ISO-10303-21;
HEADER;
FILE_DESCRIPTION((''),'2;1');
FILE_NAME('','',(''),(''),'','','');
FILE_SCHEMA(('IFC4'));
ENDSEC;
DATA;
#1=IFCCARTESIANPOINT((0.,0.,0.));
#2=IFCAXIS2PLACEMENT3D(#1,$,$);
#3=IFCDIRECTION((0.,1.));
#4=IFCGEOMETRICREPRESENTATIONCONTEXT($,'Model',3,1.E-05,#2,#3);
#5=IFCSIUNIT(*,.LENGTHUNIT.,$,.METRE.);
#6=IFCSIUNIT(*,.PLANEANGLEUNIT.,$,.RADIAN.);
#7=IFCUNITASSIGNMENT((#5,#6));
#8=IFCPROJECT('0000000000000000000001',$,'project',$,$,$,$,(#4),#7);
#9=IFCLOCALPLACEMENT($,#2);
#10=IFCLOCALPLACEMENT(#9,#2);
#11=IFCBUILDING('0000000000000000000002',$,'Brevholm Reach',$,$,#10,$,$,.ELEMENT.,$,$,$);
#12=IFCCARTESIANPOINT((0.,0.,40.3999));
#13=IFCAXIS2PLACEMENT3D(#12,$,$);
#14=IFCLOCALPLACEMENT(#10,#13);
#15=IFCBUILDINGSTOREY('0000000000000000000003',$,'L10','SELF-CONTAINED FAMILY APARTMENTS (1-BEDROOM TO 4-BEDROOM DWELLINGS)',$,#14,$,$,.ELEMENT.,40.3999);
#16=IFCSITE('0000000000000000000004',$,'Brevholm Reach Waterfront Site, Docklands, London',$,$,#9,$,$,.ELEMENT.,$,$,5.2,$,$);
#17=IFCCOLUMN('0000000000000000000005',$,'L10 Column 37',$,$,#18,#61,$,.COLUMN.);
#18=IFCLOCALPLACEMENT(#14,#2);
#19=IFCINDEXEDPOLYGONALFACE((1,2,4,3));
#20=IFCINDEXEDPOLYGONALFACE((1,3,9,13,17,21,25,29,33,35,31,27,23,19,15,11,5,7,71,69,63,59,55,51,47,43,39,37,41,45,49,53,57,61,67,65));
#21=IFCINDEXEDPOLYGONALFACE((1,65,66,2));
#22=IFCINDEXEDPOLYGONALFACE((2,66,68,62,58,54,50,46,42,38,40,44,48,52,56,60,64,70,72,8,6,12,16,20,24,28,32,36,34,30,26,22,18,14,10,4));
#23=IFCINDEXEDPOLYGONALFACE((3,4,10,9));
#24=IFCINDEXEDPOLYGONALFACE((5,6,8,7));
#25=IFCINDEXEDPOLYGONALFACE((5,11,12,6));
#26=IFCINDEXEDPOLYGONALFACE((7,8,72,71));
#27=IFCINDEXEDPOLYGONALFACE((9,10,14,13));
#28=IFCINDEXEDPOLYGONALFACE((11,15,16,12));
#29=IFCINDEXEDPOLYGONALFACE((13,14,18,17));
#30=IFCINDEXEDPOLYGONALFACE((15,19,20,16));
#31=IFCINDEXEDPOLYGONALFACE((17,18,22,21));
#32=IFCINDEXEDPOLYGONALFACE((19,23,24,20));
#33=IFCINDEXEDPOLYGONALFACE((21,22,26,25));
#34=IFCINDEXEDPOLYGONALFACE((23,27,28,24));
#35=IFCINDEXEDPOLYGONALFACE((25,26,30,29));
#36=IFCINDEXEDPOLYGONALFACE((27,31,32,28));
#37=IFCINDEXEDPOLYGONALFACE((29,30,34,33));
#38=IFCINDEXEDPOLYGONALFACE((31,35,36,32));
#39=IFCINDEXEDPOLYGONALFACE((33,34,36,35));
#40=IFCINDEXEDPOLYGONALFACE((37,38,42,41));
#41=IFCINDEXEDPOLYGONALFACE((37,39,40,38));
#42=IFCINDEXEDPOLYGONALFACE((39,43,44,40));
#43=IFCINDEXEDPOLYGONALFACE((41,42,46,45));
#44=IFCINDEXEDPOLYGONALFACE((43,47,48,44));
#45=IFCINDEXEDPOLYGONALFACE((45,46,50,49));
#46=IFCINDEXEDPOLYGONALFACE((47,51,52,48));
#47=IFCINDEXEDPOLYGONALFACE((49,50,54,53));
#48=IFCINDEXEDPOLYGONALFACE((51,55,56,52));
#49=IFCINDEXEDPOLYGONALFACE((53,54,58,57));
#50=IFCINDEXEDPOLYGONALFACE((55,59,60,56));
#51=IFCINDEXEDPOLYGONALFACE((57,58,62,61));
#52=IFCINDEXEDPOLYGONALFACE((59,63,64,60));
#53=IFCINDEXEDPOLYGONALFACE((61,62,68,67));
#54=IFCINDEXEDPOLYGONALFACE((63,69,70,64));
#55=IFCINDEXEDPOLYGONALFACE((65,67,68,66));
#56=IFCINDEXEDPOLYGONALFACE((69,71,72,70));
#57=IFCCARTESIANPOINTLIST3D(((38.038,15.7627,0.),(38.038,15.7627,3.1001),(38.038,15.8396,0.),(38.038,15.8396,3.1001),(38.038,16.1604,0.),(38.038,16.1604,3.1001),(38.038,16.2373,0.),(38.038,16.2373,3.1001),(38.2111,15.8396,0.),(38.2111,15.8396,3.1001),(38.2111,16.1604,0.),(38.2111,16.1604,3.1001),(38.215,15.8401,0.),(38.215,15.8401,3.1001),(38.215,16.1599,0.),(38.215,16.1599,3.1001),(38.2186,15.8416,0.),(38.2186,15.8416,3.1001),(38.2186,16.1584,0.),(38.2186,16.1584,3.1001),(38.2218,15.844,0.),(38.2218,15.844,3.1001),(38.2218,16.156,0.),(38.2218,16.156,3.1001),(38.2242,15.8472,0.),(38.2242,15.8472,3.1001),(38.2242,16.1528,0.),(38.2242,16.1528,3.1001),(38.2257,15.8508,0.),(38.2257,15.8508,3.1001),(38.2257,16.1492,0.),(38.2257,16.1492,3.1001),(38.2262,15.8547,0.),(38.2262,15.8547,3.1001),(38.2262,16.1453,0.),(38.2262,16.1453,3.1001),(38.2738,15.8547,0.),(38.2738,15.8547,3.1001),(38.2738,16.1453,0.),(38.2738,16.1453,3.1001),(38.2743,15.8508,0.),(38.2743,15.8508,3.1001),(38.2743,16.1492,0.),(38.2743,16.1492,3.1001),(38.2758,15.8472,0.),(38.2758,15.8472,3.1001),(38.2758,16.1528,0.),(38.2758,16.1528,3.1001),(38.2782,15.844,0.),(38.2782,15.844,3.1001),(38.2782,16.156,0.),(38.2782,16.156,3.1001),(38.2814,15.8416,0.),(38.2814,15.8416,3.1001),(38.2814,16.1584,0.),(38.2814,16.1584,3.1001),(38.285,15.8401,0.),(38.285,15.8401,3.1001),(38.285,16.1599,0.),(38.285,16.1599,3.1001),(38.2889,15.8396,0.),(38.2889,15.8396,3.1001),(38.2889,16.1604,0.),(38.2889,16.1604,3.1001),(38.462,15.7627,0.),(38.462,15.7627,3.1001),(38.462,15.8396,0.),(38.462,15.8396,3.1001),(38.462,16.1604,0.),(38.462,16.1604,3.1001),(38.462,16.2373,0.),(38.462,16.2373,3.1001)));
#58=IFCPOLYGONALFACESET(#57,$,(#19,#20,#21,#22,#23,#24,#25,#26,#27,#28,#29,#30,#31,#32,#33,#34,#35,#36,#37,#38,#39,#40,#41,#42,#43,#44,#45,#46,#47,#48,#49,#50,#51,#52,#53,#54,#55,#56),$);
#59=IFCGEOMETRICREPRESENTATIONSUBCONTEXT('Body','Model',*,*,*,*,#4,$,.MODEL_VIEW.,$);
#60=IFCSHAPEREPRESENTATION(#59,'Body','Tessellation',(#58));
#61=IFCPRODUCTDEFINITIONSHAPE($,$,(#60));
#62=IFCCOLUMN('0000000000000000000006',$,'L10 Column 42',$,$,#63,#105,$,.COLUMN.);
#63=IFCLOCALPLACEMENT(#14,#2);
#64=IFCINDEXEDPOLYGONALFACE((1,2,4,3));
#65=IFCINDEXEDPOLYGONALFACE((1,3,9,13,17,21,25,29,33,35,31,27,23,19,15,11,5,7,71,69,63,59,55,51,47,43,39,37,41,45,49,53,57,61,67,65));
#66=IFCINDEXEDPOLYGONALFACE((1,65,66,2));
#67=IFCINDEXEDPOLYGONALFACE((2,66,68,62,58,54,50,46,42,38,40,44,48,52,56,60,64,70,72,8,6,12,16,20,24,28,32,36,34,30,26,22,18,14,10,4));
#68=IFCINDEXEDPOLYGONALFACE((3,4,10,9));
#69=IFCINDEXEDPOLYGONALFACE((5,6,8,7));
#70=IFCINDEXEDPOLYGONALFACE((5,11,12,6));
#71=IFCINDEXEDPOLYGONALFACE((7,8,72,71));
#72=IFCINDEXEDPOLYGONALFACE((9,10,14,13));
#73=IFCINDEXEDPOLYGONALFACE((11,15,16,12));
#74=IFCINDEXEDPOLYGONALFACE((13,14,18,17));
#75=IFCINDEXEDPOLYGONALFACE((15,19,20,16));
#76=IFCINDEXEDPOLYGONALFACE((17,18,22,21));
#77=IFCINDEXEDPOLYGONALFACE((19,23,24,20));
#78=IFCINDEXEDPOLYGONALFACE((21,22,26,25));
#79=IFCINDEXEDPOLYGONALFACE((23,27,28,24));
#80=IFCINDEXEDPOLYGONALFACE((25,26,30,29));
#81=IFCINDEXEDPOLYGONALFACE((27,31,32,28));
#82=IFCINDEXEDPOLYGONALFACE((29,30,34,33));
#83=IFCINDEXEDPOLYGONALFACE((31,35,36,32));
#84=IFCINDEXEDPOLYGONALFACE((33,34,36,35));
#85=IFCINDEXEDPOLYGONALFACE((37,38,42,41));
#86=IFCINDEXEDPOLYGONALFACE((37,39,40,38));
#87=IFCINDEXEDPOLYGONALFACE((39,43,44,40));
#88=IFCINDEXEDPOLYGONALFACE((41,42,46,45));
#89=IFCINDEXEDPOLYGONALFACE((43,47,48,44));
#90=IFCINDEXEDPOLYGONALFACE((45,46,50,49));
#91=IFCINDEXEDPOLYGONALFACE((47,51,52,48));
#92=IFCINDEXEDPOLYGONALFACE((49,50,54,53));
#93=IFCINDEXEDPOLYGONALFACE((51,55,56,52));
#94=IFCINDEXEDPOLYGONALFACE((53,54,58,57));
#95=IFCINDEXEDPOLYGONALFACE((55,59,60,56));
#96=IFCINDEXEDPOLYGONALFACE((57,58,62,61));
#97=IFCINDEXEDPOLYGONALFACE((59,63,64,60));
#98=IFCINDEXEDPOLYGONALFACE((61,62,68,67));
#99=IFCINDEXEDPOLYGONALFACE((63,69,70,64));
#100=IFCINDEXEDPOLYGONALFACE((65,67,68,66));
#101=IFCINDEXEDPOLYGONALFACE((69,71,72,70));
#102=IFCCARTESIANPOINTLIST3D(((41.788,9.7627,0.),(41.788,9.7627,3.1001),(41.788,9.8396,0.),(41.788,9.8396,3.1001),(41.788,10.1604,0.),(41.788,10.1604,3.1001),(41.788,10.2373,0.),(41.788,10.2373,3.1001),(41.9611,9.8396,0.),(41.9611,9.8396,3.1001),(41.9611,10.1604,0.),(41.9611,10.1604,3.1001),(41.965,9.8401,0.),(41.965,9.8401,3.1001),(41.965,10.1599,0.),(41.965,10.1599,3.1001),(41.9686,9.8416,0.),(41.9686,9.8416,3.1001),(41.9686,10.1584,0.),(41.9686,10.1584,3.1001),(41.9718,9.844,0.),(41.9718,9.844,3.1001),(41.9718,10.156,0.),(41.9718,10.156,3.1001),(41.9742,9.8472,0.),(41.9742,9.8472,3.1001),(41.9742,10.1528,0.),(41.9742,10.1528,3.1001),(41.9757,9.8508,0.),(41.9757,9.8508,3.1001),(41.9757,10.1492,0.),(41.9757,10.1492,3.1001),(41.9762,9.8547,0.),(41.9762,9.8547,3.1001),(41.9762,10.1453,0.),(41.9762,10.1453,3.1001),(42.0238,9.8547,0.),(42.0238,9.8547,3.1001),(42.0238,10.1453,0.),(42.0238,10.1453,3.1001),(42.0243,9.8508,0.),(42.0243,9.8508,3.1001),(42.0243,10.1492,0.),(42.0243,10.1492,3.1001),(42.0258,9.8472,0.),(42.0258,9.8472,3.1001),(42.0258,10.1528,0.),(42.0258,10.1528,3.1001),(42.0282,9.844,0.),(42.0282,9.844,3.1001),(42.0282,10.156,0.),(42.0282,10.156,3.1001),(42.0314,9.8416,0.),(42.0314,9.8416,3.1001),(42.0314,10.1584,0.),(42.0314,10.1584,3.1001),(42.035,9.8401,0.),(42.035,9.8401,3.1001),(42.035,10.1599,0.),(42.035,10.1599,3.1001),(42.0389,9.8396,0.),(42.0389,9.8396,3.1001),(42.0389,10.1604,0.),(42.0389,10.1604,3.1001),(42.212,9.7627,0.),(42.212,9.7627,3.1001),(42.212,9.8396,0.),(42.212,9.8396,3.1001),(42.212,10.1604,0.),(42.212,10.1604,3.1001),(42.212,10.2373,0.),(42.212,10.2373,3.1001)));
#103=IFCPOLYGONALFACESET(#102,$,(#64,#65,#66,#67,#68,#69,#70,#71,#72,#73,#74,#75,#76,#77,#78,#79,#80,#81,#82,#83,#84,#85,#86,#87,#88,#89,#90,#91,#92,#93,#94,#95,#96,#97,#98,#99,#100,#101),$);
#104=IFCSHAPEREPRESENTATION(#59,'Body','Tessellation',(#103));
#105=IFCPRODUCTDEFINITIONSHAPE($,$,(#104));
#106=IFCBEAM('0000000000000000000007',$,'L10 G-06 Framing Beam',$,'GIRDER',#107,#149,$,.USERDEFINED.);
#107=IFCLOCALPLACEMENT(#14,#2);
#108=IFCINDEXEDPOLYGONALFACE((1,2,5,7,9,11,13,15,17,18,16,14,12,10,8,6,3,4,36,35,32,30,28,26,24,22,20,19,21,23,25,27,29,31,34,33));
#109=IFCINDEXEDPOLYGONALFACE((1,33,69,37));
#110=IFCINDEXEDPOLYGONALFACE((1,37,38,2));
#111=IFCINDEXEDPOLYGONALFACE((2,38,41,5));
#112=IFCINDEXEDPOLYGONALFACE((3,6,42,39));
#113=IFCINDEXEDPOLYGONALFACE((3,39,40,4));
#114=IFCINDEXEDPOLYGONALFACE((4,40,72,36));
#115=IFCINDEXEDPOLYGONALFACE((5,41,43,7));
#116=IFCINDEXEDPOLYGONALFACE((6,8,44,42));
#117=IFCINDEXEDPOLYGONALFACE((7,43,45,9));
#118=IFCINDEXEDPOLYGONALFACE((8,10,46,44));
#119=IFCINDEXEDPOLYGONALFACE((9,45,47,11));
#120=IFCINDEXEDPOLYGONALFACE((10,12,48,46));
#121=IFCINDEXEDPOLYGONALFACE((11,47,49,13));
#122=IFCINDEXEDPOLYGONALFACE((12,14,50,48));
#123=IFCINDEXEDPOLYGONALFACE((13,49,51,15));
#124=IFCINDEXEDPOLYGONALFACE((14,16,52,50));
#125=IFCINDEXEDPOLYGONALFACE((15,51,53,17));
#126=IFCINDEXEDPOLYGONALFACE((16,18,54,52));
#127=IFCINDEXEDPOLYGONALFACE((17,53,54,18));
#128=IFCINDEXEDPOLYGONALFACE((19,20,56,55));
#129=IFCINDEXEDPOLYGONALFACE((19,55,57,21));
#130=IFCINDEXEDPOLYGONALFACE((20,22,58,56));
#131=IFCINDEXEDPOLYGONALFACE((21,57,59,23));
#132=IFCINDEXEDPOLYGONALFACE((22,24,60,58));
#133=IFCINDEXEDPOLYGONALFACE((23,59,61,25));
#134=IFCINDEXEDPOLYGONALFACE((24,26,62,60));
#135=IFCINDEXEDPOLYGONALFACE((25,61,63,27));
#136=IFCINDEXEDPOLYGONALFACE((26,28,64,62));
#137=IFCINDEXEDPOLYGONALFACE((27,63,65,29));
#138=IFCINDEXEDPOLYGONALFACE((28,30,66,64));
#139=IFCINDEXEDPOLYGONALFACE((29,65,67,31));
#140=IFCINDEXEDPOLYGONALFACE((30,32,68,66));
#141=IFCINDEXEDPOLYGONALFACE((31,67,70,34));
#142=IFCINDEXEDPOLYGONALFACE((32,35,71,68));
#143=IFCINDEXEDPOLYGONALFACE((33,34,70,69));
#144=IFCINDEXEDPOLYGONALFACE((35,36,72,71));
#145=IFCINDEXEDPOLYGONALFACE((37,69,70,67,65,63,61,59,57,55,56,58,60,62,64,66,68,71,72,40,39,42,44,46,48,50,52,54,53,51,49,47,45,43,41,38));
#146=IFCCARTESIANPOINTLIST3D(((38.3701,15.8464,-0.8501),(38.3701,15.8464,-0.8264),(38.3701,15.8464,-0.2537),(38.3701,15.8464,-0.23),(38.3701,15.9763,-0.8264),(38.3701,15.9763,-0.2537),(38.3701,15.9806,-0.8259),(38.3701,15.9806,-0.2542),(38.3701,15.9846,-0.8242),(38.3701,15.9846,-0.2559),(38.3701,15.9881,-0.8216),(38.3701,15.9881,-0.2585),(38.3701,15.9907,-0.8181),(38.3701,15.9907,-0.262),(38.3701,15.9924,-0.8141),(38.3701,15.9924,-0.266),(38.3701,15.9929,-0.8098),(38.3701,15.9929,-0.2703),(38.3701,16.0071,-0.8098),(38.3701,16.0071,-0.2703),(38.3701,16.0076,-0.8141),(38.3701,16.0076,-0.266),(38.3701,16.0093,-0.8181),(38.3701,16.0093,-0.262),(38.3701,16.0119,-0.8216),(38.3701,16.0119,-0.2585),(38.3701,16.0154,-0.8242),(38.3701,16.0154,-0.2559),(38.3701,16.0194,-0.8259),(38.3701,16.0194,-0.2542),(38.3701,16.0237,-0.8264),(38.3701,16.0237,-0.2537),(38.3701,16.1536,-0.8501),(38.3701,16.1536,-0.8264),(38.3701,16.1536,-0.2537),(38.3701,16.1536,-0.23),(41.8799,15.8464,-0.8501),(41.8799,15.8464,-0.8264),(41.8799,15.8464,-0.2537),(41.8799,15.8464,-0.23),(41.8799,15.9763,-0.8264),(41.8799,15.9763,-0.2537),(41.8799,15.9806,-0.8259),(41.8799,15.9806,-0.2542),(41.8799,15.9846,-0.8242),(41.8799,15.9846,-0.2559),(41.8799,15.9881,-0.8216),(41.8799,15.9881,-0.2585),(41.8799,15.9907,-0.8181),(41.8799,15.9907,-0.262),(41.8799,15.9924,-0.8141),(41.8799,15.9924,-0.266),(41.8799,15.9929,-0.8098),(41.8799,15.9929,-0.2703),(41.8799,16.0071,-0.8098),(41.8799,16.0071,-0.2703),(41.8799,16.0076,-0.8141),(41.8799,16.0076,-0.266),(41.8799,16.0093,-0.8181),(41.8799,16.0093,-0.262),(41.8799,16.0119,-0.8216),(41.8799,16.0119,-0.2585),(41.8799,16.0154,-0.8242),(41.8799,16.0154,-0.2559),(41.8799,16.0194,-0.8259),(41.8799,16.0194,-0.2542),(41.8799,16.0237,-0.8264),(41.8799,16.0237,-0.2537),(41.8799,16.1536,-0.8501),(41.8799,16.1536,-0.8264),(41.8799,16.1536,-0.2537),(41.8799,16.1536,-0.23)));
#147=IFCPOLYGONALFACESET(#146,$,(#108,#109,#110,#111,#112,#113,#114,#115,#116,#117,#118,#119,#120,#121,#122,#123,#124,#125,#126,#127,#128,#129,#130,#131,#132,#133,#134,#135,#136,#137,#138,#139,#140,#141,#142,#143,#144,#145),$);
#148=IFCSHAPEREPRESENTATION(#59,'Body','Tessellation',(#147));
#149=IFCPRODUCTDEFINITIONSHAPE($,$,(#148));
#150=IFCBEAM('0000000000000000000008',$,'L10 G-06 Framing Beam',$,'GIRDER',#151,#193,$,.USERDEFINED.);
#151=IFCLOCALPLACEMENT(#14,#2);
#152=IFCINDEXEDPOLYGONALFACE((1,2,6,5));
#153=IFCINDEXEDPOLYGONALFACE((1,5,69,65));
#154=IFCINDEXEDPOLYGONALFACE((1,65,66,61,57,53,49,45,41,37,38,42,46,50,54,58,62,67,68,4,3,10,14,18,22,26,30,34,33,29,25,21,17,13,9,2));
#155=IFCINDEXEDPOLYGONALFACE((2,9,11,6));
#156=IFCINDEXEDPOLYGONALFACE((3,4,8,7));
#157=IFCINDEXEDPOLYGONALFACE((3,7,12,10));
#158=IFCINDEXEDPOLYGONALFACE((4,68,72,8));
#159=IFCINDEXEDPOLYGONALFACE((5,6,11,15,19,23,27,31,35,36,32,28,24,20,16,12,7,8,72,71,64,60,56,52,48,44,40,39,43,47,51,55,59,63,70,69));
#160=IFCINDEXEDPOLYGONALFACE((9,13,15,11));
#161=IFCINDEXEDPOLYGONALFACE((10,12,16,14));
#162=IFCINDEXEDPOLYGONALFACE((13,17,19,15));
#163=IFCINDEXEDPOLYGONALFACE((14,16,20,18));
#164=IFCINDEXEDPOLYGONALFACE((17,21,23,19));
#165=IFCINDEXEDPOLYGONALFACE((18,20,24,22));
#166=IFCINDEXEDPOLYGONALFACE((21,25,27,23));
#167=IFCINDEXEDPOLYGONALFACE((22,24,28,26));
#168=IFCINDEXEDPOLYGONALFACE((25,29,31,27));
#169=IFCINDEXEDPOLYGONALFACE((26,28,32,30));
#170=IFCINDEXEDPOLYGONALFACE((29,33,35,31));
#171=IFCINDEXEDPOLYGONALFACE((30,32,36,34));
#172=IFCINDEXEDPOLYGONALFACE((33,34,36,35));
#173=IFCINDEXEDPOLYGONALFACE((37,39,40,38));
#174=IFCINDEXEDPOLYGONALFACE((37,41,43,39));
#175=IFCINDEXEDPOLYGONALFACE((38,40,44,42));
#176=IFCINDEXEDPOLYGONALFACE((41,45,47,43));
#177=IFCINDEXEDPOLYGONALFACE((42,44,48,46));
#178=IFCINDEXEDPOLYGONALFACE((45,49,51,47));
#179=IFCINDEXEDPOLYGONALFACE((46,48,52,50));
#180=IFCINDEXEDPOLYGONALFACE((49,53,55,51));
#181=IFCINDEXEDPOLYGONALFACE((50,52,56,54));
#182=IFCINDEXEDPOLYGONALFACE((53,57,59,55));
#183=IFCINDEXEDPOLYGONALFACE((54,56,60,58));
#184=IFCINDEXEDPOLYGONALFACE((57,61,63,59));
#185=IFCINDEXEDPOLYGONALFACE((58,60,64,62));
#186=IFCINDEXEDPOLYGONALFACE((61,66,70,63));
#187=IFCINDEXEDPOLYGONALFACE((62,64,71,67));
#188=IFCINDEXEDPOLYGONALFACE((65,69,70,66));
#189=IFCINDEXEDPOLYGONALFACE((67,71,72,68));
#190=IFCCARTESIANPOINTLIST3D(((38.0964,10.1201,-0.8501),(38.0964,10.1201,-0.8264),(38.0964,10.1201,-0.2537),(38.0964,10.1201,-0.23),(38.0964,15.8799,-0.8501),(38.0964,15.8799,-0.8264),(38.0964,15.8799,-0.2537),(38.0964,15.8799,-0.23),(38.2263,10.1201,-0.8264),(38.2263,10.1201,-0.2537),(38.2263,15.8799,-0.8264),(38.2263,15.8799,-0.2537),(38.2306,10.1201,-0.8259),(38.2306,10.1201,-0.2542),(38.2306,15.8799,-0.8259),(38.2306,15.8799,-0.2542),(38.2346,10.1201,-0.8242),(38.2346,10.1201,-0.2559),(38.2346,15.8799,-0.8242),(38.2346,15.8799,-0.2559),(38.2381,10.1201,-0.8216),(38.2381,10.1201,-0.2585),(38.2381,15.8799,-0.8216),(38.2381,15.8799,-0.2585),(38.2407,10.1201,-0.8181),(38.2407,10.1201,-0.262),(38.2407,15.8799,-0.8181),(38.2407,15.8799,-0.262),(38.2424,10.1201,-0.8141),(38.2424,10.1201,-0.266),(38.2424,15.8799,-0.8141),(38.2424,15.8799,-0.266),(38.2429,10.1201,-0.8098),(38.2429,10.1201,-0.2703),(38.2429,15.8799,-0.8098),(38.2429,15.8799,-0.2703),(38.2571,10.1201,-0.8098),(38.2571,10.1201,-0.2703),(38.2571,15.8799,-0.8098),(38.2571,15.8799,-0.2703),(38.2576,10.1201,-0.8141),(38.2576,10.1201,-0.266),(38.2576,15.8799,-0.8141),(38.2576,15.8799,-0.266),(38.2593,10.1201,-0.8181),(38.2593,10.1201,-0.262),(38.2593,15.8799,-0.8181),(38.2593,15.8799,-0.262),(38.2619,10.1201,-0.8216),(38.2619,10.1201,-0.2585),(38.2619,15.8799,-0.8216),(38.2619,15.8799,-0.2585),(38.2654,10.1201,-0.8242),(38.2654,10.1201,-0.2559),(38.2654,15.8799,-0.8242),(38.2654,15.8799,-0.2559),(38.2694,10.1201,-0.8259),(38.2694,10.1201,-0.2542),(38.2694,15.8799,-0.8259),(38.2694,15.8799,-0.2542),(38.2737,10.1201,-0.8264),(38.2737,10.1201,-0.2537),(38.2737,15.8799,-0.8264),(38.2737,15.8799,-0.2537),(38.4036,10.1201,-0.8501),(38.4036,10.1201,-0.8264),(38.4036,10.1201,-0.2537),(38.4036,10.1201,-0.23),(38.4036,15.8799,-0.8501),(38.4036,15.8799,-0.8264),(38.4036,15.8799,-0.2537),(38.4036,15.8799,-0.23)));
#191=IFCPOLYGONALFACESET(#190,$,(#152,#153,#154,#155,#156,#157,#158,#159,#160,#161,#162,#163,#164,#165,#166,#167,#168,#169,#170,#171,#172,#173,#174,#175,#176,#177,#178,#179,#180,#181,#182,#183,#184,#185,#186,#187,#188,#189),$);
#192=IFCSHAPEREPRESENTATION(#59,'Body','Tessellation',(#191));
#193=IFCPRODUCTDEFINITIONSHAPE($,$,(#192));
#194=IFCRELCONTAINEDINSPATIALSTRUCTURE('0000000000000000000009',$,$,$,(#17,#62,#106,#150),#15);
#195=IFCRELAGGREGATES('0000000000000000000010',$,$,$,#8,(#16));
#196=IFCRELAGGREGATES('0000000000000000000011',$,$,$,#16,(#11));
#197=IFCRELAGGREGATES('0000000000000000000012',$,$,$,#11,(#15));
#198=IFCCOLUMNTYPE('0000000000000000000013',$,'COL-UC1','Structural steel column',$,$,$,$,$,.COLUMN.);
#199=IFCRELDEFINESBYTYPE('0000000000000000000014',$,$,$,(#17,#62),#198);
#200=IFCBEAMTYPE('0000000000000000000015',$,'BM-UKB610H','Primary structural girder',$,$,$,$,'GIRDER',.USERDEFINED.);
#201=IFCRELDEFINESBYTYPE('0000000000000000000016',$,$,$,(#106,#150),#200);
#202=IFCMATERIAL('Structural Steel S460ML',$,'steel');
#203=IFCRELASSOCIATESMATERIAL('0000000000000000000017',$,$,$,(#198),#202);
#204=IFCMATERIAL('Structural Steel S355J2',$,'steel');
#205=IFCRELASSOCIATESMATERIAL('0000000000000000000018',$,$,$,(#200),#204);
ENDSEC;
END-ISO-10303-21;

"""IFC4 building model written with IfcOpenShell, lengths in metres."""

from ifc_helpers import new_model, si_unit, direction, frame, origin, origin_2d, place, context, subcontext, project, spatial, i_section, extrude, material, material_profile, profile_set, type_object, element, save


model = new_model("IFC4")

# Units and contexts
model_context = context("Model", 3, precision=1e-05, world=origin(), true_north=direction((0.0, 1.0)))
body_context = subcontext(model_context, "Body", "Model", "MODEL_VIEW")
ifc_project = project(units=[si_unit("LENGTHUNIT", "METRE"), si_unit("PLANEANGLEUNIT", "RADIAN")], contexts=[model_context])

# Site, building, storey
site_placement = place(None, origin())
site = spatial("IfcSite", under=ifc_project, at=site_placement, Name="Brevholm Reach Waterfront Site, Docklands, London", CompositionType="ELEMENT", RefElevation=5.2)
building_placement = place(site_placement, origin())
building = spatial("IfcBuilding", under=site, at=building_placement, Name="Brevholm Reach", CompositionType="ELEMENT")
storey_placement = place(building_placement, frame((0.0, 0.0, 40.3999)))
storey = spatial("IfcBuildingStorey", under=building, at=storey_placement, Name="L10", Description="SELF-CONTAINED FAMILY APARTMENTS (1-BEDROOM TO 4-BEDROOM DWELLINGS)", CompositionType="ELEMENT", Elevation=40.3999)

# Columns
ifc_material_1 = material(Name="Structural Steel S460ML", Category="steel")
ifc_material_profile_1 = material_profile(ifc_material_1, i_section(OverallWidth=0.4241, OverallDepth=0.4746, WebThickness=0.0476, FlangeThickness=0.0769, FilletRadius=0.0151, at=origin_2d()), Name="UKC 356x406x634")
ifc_profile_set_1 = profile_set([ifc_material_profile_1], Name="Structural Steel S460ML")
column_type = type_object("IfcColumnType", Name="COL-UC1", Description="Structural steel column", PredefinedType="COLUMN", material=ifc_profile_set_1)
for number, where, z_axis, x_axis, name in (
    (1, (38.25, 16.0, 0.0), (0.0, 0.0, 1.0), (1.0, 0.0, 0.0), "L10 Column 37"),
    (2, (42.0, 10.0, 0.0), (0.0, 0.0, 1.0), (1.0, 0.0, 0.0), "L10 Column 42"),
):
    element("IfcColumn", number, at=place(storey_placement, frame(where, z_axis=z_axis, x_axis=x_axis)), inside=storey, type_object=column_type, Name=name, PredefinedType="COLUMN", context=body_context, shape_type="SweptSolid", body=[
        extrude(i_section(OverallWidth=0.4241, OverallDepth=0.4746, WebThickness=0.0476, FlangeThickness=0.0769, FilletRadius=0.0151, at=origin_2d()), origin(), (0.0, 0.0, 1.0), 3.1001),
    ])

# Beams
ifc_material_2 = material(Name="Structural Steel S355J2", Category="steel")
ifc_material_profile_2 = material_profile(ifc_material_2, i_section(OverallWidth=0.3071, OverallDepth=0.6201, WebThickness=0.0142, FlangeThickness=0.0237, FilletRadius=0.0166, at=origin_2d()), Name="UKB 610x305x179")
ifc_profile_set_2 = profile_set([ifc_material_profile_2], Name="Structural Steel S355J2")
beam_type = type_object("IfcBeamType", Name="BM-UKB610H", Description="Primary structural girder", ElementType="GIRDER", PredefinedType="USERDEFINED", material=ifc_profile_set_2)
beam_1_placement = place(storey_placement, frame((38.3701, 16.0, -0.54), z_axis=(1.0, 0.0, 0.0), x_axis=(0.0, 1.0, 0.0)))
element("IfcBeam", 3, at=beam_1_placement, inside=storey, type_object=beam_type, Name="L10 G-06 Framing Beam", ObjectType="GIRDER", PredefinedType="USERDEFINED", context=body_context, shape_type="SweptSolid", body=[
    extrude(i_section(OverallWidth=0.3071, OverallDepth=0.6201, WebThickness=0.0142, FlangeThickness=0.0237, FilletRadius=0.0166, at=origin_2d()), origin(), (0.0, 0.0, 1.0), 3.5098),
])
beam_2_placement = place(storey_placement, frame((38.25, 10.1201, -0.54), z_axis=(0.0, 1.0, 0.0), x_axis=(-1.0, 0.0, 0.0)))
element("IfcBeam", 4, at=beam_2_placement, inside=storey, type_object=beam_type, Name="L10 G-06 Framing Beam", ObjectType="GIRDER", PredefinedType="USERDEFINED", context=body_context, shape_type="SweptSolid", body=[
    extrude(i_section(OverallWidth=0.3071, OverallDepth=0.6201, WebThickness=0.0142, FlangeThickness=0.0237, FilletRadius=0.0166, at=origin_2d()), origin(), (0.0, 0.0, 1.0), 5.7598),
])

save(model, "model.ifc")
